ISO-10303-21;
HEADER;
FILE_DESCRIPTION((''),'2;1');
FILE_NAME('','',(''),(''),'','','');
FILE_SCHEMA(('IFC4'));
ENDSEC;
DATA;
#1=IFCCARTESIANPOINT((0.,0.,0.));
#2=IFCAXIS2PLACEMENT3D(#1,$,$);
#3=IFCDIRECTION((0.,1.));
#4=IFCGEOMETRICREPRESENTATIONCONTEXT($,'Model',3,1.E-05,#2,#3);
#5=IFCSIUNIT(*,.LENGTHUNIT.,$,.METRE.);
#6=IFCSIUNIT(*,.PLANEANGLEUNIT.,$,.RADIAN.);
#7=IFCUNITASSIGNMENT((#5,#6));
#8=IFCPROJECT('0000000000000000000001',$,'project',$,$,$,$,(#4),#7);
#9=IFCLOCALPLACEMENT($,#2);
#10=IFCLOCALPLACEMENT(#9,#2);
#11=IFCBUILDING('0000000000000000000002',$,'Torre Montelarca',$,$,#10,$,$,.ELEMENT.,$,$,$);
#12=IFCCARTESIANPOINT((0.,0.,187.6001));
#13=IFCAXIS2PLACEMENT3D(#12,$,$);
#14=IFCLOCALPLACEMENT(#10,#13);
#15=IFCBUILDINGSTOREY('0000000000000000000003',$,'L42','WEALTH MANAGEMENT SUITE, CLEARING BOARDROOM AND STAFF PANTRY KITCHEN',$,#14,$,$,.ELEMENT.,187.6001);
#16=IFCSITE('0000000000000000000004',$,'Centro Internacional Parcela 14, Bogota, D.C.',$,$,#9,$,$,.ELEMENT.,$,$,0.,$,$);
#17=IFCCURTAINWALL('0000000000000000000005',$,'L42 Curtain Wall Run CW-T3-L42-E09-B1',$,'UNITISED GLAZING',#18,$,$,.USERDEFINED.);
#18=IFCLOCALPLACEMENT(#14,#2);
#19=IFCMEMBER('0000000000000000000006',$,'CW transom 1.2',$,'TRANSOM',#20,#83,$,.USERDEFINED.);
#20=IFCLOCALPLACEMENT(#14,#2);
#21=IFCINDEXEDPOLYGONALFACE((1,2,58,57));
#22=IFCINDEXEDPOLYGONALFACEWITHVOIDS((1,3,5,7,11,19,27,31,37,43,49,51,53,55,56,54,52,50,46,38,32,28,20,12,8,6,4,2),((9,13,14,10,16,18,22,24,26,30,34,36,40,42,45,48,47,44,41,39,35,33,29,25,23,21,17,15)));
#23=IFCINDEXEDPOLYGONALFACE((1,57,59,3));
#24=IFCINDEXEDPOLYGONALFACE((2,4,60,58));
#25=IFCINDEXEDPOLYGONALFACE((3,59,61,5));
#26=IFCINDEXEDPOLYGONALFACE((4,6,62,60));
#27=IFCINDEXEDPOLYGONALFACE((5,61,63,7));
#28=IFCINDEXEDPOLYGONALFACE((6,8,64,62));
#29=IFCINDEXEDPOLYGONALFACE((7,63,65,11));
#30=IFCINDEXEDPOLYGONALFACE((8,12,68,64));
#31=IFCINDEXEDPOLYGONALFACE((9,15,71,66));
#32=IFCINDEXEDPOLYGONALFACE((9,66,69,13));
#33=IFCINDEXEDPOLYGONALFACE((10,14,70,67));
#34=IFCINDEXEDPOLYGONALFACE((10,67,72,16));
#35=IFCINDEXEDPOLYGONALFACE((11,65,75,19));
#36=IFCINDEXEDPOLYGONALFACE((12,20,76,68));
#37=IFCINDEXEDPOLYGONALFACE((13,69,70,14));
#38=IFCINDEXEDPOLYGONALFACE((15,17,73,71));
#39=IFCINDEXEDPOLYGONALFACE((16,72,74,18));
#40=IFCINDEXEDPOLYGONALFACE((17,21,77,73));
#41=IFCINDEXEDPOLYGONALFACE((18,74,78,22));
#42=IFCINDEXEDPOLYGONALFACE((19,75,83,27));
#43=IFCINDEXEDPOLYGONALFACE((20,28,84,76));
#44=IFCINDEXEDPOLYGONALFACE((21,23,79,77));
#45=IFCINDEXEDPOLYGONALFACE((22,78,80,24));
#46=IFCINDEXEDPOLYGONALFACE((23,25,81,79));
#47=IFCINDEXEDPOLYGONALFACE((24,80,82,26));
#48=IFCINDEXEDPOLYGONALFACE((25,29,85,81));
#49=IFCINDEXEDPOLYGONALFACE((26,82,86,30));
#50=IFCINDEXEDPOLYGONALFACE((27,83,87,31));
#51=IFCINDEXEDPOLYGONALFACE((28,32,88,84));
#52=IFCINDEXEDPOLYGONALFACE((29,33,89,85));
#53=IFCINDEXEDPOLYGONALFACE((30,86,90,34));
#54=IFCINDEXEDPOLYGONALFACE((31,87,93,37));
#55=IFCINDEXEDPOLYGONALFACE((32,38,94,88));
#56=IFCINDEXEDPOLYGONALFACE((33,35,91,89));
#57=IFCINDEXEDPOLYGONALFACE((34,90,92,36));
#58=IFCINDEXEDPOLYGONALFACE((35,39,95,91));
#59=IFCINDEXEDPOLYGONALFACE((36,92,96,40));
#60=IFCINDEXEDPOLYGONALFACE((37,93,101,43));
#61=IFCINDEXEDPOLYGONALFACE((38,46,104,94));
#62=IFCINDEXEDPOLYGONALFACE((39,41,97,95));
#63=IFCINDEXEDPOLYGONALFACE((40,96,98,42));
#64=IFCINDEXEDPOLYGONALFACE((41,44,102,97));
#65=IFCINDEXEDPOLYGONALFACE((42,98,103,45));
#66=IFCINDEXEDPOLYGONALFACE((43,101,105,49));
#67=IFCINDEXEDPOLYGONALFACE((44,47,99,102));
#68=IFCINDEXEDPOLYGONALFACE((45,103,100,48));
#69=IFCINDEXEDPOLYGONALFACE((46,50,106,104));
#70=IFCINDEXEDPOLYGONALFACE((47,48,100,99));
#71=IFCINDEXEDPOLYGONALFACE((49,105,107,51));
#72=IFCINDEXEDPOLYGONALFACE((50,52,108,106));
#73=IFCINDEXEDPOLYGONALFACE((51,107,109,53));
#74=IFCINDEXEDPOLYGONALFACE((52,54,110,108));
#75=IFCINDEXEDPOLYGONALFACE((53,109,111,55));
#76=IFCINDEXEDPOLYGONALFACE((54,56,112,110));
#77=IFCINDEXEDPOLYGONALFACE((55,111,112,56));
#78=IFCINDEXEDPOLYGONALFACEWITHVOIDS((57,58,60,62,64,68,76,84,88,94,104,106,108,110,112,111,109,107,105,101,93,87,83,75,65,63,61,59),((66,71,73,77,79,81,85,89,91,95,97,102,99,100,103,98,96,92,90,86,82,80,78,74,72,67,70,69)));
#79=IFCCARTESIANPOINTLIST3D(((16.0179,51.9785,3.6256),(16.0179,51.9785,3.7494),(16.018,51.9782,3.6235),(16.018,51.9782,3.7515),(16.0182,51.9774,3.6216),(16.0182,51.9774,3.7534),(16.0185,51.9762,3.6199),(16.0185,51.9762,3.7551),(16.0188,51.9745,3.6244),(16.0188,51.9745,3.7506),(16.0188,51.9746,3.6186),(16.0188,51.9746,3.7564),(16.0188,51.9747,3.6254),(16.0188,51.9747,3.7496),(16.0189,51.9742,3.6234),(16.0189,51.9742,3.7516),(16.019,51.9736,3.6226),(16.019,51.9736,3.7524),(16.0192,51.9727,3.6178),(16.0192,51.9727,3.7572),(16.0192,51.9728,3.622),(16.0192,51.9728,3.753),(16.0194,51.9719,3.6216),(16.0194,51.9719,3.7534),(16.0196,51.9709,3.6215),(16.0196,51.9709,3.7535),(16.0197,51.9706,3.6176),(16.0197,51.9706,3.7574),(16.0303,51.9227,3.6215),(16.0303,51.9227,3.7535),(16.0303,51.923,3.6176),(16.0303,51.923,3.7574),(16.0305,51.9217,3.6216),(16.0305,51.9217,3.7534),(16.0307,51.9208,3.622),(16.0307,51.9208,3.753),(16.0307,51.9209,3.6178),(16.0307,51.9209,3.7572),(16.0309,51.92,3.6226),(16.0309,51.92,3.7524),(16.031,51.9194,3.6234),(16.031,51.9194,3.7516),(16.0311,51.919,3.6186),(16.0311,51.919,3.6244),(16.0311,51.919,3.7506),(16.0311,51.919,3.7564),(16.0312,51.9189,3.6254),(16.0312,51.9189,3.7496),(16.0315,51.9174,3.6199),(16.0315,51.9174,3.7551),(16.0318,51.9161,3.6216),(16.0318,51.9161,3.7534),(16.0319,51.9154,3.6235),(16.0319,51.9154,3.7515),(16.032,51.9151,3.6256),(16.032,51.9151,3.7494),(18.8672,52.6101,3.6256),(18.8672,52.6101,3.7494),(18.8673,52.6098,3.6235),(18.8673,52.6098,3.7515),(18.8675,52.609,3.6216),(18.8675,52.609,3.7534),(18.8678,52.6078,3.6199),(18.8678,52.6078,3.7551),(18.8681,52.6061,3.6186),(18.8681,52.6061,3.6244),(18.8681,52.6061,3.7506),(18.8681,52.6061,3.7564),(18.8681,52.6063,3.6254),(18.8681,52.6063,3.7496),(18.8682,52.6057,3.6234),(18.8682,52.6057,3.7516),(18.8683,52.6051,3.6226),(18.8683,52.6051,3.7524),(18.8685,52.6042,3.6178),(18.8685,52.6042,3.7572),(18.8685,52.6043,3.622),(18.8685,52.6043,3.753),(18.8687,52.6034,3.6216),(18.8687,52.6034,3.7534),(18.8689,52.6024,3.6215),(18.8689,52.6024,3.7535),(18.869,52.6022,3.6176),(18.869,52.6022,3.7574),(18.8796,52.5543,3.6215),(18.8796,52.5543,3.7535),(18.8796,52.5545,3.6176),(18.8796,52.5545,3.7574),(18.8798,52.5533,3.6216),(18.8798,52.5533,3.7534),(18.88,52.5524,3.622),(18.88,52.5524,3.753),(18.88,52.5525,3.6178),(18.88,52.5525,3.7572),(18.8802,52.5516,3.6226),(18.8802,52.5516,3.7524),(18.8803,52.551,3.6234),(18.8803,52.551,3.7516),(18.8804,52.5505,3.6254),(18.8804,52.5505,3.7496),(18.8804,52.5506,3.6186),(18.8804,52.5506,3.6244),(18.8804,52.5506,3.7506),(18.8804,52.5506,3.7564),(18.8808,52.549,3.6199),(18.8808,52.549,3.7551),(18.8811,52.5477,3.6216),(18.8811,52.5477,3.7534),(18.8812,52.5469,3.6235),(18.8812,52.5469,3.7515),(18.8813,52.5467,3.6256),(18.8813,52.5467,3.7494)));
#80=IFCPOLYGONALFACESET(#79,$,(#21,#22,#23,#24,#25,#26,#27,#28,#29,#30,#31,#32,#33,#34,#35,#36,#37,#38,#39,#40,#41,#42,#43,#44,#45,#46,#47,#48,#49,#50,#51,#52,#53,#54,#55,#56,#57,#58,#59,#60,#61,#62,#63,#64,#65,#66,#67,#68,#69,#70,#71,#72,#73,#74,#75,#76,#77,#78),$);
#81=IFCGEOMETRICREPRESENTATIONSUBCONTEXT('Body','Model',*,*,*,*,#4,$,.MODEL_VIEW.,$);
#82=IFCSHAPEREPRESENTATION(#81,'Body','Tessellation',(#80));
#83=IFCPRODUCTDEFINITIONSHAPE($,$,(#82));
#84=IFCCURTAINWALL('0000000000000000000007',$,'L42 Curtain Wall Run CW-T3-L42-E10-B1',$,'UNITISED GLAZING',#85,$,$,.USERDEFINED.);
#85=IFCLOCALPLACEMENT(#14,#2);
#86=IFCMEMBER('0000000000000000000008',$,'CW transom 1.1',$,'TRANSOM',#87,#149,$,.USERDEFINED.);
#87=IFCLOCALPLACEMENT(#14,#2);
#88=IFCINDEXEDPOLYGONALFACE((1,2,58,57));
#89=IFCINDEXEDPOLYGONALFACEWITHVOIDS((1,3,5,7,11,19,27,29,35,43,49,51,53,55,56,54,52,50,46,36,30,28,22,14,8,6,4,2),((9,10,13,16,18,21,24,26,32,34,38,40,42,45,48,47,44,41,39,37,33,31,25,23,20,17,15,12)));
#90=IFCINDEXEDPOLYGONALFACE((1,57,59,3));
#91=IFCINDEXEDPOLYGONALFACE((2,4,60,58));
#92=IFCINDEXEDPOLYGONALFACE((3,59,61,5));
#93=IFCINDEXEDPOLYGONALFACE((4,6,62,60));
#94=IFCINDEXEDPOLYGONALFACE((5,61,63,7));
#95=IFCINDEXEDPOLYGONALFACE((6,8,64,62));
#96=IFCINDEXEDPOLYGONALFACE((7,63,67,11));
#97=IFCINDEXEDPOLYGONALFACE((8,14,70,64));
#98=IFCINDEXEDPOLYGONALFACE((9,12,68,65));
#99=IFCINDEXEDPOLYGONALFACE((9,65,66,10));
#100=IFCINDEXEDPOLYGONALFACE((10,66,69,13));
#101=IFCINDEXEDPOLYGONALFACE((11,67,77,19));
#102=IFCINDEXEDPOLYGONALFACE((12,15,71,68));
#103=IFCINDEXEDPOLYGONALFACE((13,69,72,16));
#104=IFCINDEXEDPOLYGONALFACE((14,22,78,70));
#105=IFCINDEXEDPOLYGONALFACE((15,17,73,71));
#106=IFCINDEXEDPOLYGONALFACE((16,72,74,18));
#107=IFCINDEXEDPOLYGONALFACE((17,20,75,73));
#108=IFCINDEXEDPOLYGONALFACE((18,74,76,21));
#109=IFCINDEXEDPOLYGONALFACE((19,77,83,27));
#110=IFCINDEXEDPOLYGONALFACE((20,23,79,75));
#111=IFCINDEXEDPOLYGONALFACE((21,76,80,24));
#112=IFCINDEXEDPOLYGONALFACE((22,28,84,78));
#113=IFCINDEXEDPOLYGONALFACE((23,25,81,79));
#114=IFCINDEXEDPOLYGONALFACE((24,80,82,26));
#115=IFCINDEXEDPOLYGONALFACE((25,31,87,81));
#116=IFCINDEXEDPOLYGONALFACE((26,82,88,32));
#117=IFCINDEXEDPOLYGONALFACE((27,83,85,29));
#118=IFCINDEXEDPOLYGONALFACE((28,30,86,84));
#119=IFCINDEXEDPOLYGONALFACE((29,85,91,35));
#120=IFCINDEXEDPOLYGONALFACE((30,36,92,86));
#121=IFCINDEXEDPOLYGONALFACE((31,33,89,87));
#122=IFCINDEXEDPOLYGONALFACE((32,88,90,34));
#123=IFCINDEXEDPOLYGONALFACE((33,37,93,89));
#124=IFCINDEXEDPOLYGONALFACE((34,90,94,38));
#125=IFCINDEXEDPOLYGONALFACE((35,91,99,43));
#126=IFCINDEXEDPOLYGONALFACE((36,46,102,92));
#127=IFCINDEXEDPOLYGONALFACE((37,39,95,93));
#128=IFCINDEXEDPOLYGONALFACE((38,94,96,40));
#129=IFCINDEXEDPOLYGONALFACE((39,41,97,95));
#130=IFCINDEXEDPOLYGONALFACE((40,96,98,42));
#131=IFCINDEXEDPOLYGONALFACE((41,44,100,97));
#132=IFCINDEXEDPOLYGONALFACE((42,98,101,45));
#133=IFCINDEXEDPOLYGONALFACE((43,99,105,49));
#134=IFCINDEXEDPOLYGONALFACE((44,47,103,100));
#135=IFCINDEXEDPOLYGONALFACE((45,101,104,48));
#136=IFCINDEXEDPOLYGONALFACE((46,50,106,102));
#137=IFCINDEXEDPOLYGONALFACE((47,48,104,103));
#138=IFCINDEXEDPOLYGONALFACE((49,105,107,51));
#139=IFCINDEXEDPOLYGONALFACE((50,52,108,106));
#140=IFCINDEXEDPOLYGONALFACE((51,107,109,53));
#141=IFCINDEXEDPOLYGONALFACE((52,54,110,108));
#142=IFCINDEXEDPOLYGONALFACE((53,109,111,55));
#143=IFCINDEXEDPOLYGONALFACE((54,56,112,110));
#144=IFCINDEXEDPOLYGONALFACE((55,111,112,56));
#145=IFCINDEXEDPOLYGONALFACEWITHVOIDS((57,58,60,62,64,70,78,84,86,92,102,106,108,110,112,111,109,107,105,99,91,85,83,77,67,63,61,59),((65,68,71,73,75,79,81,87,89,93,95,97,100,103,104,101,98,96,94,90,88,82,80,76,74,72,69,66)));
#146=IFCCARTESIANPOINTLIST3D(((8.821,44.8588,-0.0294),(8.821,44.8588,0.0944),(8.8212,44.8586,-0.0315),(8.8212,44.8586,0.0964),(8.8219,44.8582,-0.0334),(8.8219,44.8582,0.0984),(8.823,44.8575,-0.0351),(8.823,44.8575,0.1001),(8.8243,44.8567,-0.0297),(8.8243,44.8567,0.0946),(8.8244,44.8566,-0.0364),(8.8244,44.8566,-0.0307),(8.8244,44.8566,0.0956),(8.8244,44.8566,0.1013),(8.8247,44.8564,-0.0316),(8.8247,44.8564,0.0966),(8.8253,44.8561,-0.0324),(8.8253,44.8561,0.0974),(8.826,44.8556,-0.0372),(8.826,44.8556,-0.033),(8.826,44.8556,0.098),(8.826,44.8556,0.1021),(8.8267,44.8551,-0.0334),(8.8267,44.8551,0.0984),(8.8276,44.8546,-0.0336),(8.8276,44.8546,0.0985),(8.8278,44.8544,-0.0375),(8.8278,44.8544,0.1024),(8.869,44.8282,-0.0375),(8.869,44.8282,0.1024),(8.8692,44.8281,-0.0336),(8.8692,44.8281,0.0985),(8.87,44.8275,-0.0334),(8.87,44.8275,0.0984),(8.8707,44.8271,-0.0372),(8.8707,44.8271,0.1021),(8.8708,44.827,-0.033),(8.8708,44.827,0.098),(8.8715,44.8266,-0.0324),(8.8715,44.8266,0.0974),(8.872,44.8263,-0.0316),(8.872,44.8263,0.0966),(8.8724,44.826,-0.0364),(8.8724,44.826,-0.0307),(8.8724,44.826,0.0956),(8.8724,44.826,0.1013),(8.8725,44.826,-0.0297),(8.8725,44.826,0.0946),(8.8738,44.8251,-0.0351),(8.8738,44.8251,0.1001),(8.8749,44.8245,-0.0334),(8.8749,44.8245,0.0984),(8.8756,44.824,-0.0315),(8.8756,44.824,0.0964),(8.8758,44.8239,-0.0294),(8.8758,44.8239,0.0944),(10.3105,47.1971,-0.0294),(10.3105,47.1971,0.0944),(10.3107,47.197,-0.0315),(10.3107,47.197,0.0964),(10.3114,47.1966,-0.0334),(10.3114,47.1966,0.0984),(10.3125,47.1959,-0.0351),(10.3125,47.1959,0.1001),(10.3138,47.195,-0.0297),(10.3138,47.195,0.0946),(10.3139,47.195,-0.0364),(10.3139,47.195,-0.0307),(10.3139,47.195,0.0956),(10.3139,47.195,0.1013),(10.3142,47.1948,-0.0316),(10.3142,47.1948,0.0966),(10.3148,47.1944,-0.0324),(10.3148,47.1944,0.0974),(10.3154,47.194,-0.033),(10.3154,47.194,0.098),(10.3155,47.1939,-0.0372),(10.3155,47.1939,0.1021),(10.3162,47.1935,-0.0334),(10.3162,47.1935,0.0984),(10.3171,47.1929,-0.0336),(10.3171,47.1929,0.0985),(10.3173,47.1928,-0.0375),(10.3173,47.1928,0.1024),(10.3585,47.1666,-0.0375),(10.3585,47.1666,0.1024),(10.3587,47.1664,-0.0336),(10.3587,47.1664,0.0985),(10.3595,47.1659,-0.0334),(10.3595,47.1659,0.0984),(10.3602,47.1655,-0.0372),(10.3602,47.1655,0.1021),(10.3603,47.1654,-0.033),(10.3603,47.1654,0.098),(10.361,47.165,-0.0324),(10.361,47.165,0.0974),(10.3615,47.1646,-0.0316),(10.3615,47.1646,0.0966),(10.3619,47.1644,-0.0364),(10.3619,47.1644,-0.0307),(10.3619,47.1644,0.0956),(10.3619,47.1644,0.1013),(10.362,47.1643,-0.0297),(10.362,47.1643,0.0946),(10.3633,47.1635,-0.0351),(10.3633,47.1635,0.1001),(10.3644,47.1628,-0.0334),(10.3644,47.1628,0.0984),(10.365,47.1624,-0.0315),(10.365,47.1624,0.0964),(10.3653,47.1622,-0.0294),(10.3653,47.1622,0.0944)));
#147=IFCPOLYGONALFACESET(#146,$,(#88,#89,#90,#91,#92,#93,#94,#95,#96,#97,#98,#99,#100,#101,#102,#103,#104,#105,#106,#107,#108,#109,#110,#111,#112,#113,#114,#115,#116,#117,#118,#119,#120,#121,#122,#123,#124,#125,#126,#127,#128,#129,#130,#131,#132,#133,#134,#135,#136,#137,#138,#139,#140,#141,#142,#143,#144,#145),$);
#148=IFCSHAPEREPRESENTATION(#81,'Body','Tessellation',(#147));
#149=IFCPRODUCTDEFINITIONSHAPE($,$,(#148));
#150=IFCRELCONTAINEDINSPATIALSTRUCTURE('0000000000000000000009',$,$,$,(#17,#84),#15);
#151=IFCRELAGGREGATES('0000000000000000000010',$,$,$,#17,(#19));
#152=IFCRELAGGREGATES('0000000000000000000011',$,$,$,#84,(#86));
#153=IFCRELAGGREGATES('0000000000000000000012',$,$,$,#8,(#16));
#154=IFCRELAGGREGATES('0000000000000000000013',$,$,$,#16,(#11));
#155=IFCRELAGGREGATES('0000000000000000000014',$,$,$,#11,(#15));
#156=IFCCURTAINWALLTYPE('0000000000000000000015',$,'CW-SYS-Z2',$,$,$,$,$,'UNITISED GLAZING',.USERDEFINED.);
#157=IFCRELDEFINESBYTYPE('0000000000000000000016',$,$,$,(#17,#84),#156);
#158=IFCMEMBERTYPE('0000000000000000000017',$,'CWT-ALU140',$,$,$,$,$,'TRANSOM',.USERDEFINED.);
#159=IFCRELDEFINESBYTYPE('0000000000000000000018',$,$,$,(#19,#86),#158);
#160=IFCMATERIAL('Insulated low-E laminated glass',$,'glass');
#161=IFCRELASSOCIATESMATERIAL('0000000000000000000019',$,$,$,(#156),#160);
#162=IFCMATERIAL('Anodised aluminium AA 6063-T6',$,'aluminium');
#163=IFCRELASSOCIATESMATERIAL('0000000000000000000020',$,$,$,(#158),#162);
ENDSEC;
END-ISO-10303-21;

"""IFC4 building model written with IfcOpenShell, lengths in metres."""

from ifc_helpers import new_model, si_unit, direction, frame, origin, origin_2d, place, context, subcontext, project, spatial, hollow_rectangle, extrude, source, transform, mapped, material, material_profile, profile_set, type_object, element, aggregate, save


model = new_model("IFC4")

# Units and contexts
model_context = context("Model", 3, precision=1e-05, world=origin(), true_north=direction((0.0, 1.0)))
body_context = subcontext(model_context, "Body", "Model", "MODEL_VIEW")
ifc_project = project(units=[si_unit("LENGTHUNIT", "METRE"), si_unit("PLANEANGLEUNIT", "RADIAN")], contexts=[model_context])

# Site, building, storey
site_placement = place(None, origin())
site = spatial("IfcSite", under=ifc_project, at=site_placement, Name="Centro Internacional Parcela 14, Bogota, D.C.", CompositionType="ELEMENT", RefElevation=0.0)
building_placement = place(site_placement, origin())
building = spatial("IfcBuilding", under=site, at=building_placement, Name="Torre Montelarca", CompositionType="ELEMENT")
storey_placement = place(building_placement, frame((0.0, 0.0, 187.6001)))
storey = spatial("IfcBuildingStorey", under=building, at=storey_placement, Name="L42", Description="WEALTH MANAGEMENT SUITE, CLEARING BOARDROOM AND STAFF PANTRY KITCHEN", CompositionType="ELEMENT", Elevation=187.6001)

# Curtain walls, members
ifc_material_1 = material(Name="Insulated low-E laminated glass", Category="glass")
curtain_wall_type = type_object("IfcCurtainWallType", Name="CW-SYS-Z2", ElementType="UNITISED GLAZING", PredefinedType="USERDEFINED", material=ifc_material_1)
curtain_wall_1_placement = place(storey_placement, origin())
curtain_wall_1 = element("IfcCurtainWall", 1, at=curtain_wall_1_placement, inside=storey, type_object=curtain_wall_type, Name="L42 Curtain Wall Run CW-T3-L42-E09-B1", ObjectType="UNITISED GLAZING", PredefinedType="USERDEFINED")
ifc_material_2 = material(Name="Anodised aluminium AA 6063-T6", Category="aluminium")
ifc_material_profile_1 = material_profile(ifc_material_2, hollow_rectangle(XDim=0.0649, YDim=0.1399, WallThickness=0.0039, InnerFilletRadius=0.0039, OuterFilletRadius=0.0081, at=origin_2d()), Name="ALU65X140X4", Category="aluminium")
ifc_profile_set_1 = profile_set([ifc_material_profile_1], Name="Anodised aluminium AA 6063-T6")
member_type_1 = type_object("IfcMemberType", Name="CWT-ALU140", ElementType="TRANSOM", PredefinedType="USERDEFINED", material=ifc_profile_set_1)
shared_shape_1 = source(origin(), body_context, "Body", "SweptSolid", [
    extrude(hollow_rectangle(XDim=0.0649, YDim=0.1399, WallThickness=0.0039, InnerFilletRadius=0.0039, OuterFilletRadius=0.0081, at=origin_2d()), origin(), (0.0, 0.0, 1.0), 2.9185),
])
member_1_placement = place(storey_placement, frame((18.8743, 52.5784, 3.6875), z_axis=(-0.976303, -0.216408, 0.0), x_axis=(0.216408, -0.976303, 0.0)))
member_1 = element("IfcMember", 2, at=member_1_placement, type_object=member_type_1, Name="CW transom 1.2", ObjectType="TRANSOM", PredefinedType="USERDEFINED", context=body_context, shape_type="MappedRepresentation", body=[
    mapped(shared_shape_1, transform((0.0, 0.0, 0.0), scale=1.0)),
])
curtain_wall_2_placement = place(storey_placement, origin())
curtain_wall_2 = element("IfcCurtainWall", 3, at=curtain_wall_2_placement, inside=storey, type_object=curtain_wall_type, Name="L42 Curtain Wall Run CW-T3-L42-E10-B1", ObjectType="UNITISED GLAZING", PredefinedType="USERDEFINED")
shared_shape_2 = source(origin(), body_context, "Body", "SweptSolid", [
    extrude(hollow_rectangle(XDim=0.0649, YDim=0.1399, WallThickness=0.0039, InnerFilletRadius=0.0039, OuterFilletRadius=0.0081, at=origin_2d()), origin(), (0.0, 0.0, 1.0), 2.7725),
])
member_2_placement = place(storey_placement, frame((10.3379, 47.1797, 0.0325), z_axis=(-0.537246, -0.843426, 0.0), x_axis=(0.843426, -0.537246, 0.0)))
member_2 = element("IfcMember", 4, at=member_2_placement, type_object=member_type_1, Name="CW transom 1.1", ObjectType="TRANSOM", PredefinedType="USERDEFINED", context=body_context, shape_type="MappedRepresentation", body=[
    mapped(shared_shape_2, transform((0.0, 0.0, 0.0), scale=1.0)),
])

aggregate(curtain_wall_1, [member_1])
aggregate(curtain_wall_2, [member_2])

save(model, "model.ifc")
